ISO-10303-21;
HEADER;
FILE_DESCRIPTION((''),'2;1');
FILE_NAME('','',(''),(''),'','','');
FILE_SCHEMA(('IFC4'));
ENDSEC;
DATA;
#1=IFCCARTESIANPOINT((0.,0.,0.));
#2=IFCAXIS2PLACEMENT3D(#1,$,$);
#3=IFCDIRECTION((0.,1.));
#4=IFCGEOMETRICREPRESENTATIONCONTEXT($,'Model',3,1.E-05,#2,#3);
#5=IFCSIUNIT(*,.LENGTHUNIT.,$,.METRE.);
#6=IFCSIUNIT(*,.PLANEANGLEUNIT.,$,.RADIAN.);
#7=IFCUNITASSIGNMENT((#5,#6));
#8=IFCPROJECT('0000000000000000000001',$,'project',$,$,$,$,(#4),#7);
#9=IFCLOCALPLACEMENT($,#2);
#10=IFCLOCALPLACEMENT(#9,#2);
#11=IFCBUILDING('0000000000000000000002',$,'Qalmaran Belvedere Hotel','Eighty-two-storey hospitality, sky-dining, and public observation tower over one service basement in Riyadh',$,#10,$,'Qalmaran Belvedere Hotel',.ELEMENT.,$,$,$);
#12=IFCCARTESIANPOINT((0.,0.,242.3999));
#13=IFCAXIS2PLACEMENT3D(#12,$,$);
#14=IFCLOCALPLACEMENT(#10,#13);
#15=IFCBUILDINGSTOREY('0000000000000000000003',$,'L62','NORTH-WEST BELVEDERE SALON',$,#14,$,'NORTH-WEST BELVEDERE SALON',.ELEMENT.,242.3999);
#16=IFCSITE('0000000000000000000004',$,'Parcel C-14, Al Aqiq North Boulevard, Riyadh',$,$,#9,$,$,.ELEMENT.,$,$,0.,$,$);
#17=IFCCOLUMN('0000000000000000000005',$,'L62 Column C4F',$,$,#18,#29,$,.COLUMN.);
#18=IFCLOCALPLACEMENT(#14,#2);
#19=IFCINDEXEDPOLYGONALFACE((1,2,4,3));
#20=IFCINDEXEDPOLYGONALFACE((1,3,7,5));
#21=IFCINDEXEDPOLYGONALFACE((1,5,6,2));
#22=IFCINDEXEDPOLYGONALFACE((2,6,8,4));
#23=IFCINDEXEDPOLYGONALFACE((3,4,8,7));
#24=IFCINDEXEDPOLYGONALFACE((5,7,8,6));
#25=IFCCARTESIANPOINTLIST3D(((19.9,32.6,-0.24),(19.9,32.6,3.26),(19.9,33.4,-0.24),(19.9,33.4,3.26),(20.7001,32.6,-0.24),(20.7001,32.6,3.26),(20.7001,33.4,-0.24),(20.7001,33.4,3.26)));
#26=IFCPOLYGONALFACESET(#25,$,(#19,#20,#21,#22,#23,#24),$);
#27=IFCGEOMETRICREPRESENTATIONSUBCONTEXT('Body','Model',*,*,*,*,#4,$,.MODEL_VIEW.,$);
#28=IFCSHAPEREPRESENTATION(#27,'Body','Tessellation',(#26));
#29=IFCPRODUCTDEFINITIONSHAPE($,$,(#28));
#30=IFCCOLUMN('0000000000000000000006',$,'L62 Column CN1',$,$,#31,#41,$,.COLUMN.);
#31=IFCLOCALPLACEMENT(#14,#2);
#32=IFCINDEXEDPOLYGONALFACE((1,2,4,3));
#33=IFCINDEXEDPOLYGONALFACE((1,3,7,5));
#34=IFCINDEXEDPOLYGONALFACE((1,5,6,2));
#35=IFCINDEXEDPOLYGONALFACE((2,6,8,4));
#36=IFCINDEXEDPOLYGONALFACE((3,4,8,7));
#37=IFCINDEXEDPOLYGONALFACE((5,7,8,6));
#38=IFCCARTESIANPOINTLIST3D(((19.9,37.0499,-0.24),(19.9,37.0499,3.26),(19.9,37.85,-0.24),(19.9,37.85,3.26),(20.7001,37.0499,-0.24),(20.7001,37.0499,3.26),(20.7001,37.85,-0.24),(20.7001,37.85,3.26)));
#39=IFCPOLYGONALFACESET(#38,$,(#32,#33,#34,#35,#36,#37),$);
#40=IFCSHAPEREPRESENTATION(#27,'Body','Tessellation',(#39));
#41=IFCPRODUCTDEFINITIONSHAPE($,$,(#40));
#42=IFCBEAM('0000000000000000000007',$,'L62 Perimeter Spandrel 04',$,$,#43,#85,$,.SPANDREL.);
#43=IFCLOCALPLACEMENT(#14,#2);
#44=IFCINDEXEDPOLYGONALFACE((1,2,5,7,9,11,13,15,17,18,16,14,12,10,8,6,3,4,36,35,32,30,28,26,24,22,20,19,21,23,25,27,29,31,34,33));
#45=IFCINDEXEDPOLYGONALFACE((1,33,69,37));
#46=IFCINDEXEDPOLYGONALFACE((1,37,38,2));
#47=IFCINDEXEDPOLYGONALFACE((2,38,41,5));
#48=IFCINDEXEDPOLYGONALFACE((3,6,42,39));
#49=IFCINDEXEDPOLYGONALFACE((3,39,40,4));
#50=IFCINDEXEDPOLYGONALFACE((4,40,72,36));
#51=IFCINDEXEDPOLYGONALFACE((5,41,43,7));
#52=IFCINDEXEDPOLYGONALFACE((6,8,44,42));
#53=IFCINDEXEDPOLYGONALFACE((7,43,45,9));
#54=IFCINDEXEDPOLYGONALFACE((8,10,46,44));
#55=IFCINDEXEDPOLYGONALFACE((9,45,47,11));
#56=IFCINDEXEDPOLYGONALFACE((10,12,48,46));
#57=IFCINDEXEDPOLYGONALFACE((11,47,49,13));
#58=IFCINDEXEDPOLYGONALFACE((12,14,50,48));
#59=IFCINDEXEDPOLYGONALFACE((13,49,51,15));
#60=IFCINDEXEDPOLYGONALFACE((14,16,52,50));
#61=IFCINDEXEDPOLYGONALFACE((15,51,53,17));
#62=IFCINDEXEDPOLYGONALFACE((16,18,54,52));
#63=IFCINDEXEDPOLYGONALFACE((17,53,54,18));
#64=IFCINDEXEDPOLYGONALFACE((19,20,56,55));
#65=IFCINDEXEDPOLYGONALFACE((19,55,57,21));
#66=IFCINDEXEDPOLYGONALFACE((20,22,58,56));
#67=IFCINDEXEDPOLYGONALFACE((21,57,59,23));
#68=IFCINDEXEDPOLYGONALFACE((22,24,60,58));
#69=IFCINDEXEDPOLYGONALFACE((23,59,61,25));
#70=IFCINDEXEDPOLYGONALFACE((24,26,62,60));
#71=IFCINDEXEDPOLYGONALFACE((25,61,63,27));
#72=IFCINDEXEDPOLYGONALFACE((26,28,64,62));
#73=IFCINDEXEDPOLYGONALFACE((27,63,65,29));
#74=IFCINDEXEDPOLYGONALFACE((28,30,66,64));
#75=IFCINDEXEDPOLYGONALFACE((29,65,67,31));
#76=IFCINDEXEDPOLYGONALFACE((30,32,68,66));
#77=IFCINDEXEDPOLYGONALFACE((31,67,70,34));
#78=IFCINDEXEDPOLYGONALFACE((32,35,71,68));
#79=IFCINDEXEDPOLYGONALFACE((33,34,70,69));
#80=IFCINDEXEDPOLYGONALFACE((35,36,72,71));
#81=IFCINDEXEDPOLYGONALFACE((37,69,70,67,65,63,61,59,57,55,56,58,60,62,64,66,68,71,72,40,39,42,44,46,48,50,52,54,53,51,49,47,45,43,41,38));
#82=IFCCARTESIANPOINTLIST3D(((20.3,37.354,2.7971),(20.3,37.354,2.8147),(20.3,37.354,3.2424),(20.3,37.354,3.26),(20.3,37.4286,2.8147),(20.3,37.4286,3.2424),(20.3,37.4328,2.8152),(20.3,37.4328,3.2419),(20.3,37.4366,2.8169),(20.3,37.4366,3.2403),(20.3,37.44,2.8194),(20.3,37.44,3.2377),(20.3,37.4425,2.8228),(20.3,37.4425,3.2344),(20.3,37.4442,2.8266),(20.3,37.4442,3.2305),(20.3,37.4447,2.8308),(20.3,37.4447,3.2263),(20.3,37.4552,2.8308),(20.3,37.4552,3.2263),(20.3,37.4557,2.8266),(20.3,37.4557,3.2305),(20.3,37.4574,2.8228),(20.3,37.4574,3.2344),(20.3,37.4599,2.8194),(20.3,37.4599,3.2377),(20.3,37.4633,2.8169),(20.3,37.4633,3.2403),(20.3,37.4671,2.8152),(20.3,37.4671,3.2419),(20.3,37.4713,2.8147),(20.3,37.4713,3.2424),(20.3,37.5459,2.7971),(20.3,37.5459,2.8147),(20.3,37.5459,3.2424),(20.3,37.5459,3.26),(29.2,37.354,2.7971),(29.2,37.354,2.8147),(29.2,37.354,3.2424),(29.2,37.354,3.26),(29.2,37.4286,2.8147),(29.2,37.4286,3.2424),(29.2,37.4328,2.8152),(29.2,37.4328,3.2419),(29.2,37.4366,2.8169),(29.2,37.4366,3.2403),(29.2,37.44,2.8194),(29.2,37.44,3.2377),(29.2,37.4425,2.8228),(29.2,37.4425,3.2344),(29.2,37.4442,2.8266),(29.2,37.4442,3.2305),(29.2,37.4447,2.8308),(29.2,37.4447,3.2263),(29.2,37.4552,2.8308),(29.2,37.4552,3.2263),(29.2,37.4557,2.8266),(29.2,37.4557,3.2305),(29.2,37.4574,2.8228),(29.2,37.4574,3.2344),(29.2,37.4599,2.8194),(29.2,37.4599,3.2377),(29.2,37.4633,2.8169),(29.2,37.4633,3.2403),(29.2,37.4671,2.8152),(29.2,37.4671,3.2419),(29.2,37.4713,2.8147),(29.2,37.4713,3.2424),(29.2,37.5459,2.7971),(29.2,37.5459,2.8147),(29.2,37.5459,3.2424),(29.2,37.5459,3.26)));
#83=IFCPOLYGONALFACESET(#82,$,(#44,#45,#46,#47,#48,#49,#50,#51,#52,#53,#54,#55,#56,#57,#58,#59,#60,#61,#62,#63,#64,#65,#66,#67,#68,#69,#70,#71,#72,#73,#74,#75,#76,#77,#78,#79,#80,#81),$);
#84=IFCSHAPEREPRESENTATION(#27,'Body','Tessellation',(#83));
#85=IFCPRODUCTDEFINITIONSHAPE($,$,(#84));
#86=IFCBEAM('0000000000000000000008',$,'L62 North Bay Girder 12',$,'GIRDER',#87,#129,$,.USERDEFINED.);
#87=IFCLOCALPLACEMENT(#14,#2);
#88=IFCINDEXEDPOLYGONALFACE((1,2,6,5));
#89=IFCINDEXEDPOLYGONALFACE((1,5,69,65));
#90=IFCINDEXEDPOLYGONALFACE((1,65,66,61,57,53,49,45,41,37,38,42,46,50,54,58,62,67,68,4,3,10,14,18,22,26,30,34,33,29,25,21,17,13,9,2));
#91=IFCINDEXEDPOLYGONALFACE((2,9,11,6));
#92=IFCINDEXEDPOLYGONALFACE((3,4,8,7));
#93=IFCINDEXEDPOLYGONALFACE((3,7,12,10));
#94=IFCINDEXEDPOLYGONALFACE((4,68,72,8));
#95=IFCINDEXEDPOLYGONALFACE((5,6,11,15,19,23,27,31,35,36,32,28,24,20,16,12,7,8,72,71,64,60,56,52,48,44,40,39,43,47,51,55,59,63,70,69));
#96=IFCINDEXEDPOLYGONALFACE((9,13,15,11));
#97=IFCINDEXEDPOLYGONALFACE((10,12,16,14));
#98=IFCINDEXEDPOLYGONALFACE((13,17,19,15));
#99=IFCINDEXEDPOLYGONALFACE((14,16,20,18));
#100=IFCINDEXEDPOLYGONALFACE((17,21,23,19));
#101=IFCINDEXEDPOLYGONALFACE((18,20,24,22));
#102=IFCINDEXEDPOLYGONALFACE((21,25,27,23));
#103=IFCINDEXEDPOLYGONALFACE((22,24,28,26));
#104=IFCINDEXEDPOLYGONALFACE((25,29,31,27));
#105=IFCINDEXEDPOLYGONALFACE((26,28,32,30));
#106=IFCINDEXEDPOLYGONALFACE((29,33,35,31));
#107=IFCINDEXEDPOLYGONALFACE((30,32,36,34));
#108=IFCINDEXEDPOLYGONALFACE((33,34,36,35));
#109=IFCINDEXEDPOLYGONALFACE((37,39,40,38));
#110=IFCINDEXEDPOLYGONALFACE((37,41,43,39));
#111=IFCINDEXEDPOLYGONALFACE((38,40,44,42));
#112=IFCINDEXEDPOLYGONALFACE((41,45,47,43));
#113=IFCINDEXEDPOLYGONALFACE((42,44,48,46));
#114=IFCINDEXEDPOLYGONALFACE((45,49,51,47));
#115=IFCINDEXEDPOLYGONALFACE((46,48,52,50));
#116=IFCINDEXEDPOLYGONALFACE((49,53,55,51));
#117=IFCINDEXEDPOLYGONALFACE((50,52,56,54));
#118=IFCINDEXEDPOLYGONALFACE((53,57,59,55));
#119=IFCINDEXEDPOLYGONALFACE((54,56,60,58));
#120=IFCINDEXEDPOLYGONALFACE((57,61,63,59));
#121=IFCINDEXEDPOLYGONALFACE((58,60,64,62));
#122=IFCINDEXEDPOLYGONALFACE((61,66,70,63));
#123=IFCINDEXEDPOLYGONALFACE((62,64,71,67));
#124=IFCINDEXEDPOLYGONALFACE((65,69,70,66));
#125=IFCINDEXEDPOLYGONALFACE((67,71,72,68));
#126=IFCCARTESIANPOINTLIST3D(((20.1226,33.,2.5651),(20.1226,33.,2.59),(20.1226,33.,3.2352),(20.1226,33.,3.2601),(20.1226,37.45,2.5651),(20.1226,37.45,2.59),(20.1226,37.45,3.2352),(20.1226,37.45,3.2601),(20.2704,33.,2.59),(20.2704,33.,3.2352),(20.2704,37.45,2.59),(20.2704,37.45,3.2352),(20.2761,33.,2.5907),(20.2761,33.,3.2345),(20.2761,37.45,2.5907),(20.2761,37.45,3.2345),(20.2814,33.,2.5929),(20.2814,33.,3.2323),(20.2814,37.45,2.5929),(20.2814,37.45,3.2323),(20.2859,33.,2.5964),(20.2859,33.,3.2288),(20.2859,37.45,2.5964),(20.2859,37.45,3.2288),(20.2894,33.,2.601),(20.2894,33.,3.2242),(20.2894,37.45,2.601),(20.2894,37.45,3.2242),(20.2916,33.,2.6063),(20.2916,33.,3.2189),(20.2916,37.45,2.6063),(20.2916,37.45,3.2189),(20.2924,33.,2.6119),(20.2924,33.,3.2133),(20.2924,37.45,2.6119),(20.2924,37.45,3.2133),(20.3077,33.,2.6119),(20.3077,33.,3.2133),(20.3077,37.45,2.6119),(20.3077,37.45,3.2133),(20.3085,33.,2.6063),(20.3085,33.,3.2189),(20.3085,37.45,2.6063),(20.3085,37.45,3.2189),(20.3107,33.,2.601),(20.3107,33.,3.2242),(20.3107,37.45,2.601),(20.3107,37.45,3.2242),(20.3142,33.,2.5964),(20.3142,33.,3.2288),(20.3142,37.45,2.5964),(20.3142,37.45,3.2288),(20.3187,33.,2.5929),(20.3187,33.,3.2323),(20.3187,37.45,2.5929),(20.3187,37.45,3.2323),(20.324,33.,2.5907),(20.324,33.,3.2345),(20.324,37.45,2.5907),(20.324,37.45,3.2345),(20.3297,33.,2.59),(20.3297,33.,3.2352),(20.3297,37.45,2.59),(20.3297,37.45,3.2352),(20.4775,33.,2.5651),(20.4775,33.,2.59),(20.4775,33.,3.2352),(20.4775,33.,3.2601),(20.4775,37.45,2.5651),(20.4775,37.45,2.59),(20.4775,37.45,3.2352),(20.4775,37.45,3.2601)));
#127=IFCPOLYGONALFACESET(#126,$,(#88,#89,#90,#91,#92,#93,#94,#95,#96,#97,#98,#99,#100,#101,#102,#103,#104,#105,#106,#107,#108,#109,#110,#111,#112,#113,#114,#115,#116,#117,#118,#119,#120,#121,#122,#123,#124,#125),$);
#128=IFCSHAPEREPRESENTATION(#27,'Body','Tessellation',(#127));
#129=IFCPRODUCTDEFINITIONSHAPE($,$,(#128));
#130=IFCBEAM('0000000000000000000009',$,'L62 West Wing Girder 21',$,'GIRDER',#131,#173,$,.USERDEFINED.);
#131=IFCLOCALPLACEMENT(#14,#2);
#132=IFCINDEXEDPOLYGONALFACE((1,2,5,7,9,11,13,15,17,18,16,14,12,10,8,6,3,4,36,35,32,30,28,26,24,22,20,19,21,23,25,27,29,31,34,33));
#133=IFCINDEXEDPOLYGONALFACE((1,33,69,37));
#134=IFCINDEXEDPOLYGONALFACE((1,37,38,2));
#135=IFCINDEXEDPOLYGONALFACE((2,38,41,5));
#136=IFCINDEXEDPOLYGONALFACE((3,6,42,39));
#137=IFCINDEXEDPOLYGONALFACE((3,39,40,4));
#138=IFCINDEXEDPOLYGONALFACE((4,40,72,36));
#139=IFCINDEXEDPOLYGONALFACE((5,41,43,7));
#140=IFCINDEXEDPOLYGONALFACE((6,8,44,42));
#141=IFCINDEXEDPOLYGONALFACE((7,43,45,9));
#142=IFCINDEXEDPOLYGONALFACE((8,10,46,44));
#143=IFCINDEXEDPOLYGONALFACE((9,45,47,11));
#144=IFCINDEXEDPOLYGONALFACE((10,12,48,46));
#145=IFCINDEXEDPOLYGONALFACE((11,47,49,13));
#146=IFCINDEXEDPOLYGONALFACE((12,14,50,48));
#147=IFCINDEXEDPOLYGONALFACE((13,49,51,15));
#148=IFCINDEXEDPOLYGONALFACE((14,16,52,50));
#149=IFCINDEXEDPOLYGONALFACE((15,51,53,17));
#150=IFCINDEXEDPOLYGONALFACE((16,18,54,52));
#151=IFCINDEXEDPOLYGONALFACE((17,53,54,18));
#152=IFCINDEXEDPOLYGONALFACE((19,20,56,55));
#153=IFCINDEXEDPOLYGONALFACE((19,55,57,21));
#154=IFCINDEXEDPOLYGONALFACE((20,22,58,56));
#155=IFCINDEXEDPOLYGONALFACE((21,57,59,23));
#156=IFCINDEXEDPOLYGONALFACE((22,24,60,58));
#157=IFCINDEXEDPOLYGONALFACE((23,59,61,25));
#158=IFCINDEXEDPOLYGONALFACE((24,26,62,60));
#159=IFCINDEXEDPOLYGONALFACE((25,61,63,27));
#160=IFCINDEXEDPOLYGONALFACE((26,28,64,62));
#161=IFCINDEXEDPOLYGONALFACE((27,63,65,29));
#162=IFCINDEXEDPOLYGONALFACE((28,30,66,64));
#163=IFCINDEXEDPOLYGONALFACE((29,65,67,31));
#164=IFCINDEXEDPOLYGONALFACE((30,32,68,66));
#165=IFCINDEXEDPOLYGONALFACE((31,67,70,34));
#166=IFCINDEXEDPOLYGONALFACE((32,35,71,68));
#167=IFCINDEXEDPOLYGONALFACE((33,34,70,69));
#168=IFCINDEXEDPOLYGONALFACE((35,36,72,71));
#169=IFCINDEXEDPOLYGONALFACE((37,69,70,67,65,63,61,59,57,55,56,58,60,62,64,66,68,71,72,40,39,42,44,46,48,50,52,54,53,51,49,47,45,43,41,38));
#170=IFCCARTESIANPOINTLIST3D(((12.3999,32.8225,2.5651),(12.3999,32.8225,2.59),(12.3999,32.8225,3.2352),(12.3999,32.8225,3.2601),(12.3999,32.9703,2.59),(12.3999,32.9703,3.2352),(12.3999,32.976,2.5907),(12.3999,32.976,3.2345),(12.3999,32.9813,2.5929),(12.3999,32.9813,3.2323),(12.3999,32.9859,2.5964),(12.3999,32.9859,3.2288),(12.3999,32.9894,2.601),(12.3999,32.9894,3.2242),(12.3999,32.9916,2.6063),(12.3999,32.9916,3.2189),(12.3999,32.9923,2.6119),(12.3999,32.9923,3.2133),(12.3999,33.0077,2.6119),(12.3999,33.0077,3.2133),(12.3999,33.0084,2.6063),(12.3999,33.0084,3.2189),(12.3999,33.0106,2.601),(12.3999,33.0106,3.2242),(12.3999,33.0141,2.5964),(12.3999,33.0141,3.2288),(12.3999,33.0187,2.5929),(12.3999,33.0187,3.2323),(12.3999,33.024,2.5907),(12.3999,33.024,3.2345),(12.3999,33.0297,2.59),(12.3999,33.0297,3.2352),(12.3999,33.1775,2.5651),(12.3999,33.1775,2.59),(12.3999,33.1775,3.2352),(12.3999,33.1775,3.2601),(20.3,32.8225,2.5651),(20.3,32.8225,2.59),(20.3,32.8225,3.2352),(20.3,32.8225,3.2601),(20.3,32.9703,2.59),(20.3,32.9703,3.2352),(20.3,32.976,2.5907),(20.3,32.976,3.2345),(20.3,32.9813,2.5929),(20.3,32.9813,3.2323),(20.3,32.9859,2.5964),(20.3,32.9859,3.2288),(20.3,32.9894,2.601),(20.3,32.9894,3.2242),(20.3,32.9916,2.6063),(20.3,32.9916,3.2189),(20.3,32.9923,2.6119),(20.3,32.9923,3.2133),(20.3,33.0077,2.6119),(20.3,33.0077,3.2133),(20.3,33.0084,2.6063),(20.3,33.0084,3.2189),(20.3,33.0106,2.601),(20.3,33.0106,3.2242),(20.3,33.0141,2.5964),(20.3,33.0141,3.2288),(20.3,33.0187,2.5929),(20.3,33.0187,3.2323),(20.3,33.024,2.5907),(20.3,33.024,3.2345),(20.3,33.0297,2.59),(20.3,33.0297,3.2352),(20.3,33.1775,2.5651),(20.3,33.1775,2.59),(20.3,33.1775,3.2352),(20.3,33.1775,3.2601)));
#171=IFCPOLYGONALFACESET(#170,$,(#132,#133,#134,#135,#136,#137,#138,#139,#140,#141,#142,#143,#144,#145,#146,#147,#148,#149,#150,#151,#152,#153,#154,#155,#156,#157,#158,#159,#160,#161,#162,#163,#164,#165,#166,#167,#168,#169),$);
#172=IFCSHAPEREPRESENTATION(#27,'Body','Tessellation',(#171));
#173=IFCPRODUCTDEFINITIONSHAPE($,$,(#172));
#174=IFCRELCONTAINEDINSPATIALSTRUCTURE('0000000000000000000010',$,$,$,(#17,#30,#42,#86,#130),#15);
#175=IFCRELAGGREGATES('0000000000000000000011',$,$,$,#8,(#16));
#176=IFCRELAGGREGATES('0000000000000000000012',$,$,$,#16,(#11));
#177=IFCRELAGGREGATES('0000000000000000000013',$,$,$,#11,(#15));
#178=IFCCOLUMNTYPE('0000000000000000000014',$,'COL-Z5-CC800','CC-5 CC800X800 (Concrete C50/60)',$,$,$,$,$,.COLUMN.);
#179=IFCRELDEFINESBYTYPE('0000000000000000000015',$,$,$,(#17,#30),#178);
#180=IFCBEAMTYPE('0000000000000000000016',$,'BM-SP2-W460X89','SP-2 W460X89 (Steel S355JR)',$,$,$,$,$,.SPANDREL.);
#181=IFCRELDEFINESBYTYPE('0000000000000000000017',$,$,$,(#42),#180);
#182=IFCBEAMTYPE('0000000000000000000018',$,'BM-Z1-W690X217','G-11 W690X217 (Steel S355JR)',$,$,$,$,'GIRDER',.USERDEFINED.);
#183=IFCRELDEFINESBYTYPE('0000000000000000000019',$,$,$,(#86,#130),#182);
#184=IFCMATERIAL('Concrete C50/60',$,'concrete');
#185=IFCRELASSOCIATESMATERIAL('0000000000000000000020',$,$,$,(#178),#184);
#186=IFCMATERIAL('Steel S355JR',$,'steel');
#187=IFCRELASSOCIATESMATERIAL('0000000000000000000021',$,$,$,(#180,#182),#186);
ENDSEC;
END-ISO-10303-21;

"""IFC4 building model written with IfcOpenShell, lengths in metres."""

from ifc_helpers import new_model, si_unit, direction, frame, origin, origin_2d, place, context, subcontext, project, spatial, rectangle, i_section, extrude, material, material_profile, profile_set, type_object, element, save


model = new_model("IFC4")

# Units and contexts
model_context = context("Model", 3, precision=1e-05, world=origin(), true_north=direction((0.0, 1.0)))
body_context = subcontext(model_context, "Body", "Model", "MODEL_VIEW")
ifc_project = project(units=[si_unit("LENGTHUNIT", "METRE"), si_unit("PLANEANGLEUNIT", "RADIAN")], contexts=[model_context])

# Site, building, storey
site_placement = place(None, origin())
site = spatial("IfcSite", under=ifc_project, at=site_placement, Name="Parcel C-14, Al Aqiq North Boulevard, Riyadh", CompositionType="ELEMENT", RefElevation=0.0)
building_placement = place(site_placement, origin())
building = spatial("IfcBuilding", under=site, at=building_placement, Name="Qalmaran Belvedere Hotel", Description="Eighty-two-storey hospitality, sky-dining, and public observation tower over one service basement in Riyadh", LongName="Qalmaran Belvedere Hotel", CompositionType="ELEMENT")
storey_placement = place(building_placement, frame((0.0, 0.0, 242.3999)))
storey = spatial("IfcBuildingStorey", under=building, at=storey_placement, Name="L62", Description="NORTH-WEST BELVEDERE SALON", LongName="NORTH-WEST BELVEDERE SALON", CompositionType="ELEMENT", Elevation=242.3999)

# Columns
ifc_material_1 = material(Name="Concrete C50/60", Category="concrete")
ifc_material_profile_1 = material_profile(ifc_material_1, rectangle(XDim=0.8, YDim=0.8, at=origin_2d()), Name="CC800X800")
ifc_profile_set_1 = profile_set([ifc_material_profile_1], Name="Concrete C50/60")
column_type = type_object("IfcColumnType", Name="COL-Z5-CC800", Description="CC-5 CC800X800 (Concrete C50/60)", PredefinedType="COLUMN", material=ifc_profile_set_1)
for number, where, z_axis, x_axis, name in (
    (1, (20.3, 33.0, -0.24), (0.0, 0.0, 1.0), (1.0, 0.0, 0.0), "L62 Column C4F"),
    (2, (20.3, 37.45, -0.24), (0.0, 0.0, 1.0), (1.0, 0.0, 0.0), "L62 Column CN1"),
):
    element("IfcColumn", number, at=place(storey_placement, frame(where, z_axis=z_axis, x_axis=x_axis)), inside=storey, type_object=column_type, Name=name, PredefinedType="COLUMN", context=body_context, shape_type="SweptSolid", body=[
        extrude(rectangle(XDim=0.8, YDim=0.8, at=origin_2d()), origin(), (0.0, 0.0, 1.0), 3.5),
    ])

# Beams
ifc_material_2 = material(Name="Steel S355JR", Category="steel")
ifc_material_profile_2 = material_profile(ifc_material_2, i_section(OverallWidth=0.1919, OverallDepth=0.4629, WebThickness=0.0105, FlangeThickness=0.0176, FilletRadius=0.0161, at=origin_2d()), Name="W460X89")
ifc_profile_set_2 = profile_set([ifc_material_profile_2], Name="Steel S355JR")
beam_type_1 = type_object("IfcBeamType", Name="BM-SP2-W460X89", Description="SP-2 W460X89 (Steel S355JR)", PredefinedType="SPANDREL", material=ifc_profile_set_2)
beam_1_placement = place(storey_placement, frame((20.3, 37.45, 3.0286), z_axis=(1.0, 0.0, 0.0), x_axis=(0.0, 1.0, 0.0)))
element("IfcBeam", 3, at=beam_1_placement, inside=storey, type_object=beam_type_1, Name="L62 Perimeter Spandrel 04", PredefinedType="SPANDREL", context=body_context, shape_type="SweptSolid", body=[
    extrude(i_section(OverallWidth=0.1919, OverallDepth=0.4629, WebThickness=0.0105, FlangeThickness=0.0176, FilletRadius=0.0161, at=origin_2d()), origin(), (0.0, 0.0, 1.0), 8.8999),
])
ifc_material_profile_3 = material_profile(ifc_material_2, i_section(OverallWidth=0.355, OverallDepth=0.6951, WebThickness=0.0154, FlangeThickness=0.0249, FilletRadius=0.022, at=origin_2d()), Name="W690X217")
ifc_profile_set_3 = profile_set([ifc_material_profile_3], Name="Steel S355JR")
beam_type_2 = type_object("IfcBeamType", Name="BM-Z1-W690X217", Description="G-11 W690X217 (Steel S355JR)", ElementType="GIRDER", PredefinedType="USERDEFINED", material=ifc_profile_set_3)
beam_2_placement = place(storey_placement, frame((20.3, 33.0, 2.9126), z_axis=(0.0, 1.0, 0.0), x_axis=(-1.0, 0.0, 0.0)))
element("IfcBeam", 4, at=beam_2_placement, inside=storey, type_object=beam_type_2, Name="L62 North Bay Girder 12", ObjectType="GIRDER", PredefinedType="USERDEFINED", context=body_context, shape_type="SweptSolid", body=[
    extrude(i_section(OverallWidth=0.355, OverallDepth=0.6951, WebThickness=0.0154, FlangeThickness=0.0249, FilletRadius=0.022, at=origin_2d()), origin(), (0.0, 0.0, 1.0), 4.45),
])
beam_3_placement = place(storey_placement, frame((12.3999, 33.0, 2.9126), z_axis=(1.0, 0.0, 0.0), x_axis=(0.0, 1.0, 0.0)))
element("IfcBeam", 5, at=beam_3_placement, inside=storey, type_object=beam_type_2, Name="L62 West Wing Girder 21", ObjectType="GIRDER", PredefinedType="USERDEFINED", context=body_context, shape_type="SweptSolid", body=[
    extrude(i_section(OverallWidth=0.355, OverallDepth=0.6951, WebThickness=0.0154, FlangeThickness=0.0249, FilletRadius=0.022, at=origin_2d()), origin(), (0.0, 0.0, 1.0), 7.9001),
])

save(model, "model.ifc")
